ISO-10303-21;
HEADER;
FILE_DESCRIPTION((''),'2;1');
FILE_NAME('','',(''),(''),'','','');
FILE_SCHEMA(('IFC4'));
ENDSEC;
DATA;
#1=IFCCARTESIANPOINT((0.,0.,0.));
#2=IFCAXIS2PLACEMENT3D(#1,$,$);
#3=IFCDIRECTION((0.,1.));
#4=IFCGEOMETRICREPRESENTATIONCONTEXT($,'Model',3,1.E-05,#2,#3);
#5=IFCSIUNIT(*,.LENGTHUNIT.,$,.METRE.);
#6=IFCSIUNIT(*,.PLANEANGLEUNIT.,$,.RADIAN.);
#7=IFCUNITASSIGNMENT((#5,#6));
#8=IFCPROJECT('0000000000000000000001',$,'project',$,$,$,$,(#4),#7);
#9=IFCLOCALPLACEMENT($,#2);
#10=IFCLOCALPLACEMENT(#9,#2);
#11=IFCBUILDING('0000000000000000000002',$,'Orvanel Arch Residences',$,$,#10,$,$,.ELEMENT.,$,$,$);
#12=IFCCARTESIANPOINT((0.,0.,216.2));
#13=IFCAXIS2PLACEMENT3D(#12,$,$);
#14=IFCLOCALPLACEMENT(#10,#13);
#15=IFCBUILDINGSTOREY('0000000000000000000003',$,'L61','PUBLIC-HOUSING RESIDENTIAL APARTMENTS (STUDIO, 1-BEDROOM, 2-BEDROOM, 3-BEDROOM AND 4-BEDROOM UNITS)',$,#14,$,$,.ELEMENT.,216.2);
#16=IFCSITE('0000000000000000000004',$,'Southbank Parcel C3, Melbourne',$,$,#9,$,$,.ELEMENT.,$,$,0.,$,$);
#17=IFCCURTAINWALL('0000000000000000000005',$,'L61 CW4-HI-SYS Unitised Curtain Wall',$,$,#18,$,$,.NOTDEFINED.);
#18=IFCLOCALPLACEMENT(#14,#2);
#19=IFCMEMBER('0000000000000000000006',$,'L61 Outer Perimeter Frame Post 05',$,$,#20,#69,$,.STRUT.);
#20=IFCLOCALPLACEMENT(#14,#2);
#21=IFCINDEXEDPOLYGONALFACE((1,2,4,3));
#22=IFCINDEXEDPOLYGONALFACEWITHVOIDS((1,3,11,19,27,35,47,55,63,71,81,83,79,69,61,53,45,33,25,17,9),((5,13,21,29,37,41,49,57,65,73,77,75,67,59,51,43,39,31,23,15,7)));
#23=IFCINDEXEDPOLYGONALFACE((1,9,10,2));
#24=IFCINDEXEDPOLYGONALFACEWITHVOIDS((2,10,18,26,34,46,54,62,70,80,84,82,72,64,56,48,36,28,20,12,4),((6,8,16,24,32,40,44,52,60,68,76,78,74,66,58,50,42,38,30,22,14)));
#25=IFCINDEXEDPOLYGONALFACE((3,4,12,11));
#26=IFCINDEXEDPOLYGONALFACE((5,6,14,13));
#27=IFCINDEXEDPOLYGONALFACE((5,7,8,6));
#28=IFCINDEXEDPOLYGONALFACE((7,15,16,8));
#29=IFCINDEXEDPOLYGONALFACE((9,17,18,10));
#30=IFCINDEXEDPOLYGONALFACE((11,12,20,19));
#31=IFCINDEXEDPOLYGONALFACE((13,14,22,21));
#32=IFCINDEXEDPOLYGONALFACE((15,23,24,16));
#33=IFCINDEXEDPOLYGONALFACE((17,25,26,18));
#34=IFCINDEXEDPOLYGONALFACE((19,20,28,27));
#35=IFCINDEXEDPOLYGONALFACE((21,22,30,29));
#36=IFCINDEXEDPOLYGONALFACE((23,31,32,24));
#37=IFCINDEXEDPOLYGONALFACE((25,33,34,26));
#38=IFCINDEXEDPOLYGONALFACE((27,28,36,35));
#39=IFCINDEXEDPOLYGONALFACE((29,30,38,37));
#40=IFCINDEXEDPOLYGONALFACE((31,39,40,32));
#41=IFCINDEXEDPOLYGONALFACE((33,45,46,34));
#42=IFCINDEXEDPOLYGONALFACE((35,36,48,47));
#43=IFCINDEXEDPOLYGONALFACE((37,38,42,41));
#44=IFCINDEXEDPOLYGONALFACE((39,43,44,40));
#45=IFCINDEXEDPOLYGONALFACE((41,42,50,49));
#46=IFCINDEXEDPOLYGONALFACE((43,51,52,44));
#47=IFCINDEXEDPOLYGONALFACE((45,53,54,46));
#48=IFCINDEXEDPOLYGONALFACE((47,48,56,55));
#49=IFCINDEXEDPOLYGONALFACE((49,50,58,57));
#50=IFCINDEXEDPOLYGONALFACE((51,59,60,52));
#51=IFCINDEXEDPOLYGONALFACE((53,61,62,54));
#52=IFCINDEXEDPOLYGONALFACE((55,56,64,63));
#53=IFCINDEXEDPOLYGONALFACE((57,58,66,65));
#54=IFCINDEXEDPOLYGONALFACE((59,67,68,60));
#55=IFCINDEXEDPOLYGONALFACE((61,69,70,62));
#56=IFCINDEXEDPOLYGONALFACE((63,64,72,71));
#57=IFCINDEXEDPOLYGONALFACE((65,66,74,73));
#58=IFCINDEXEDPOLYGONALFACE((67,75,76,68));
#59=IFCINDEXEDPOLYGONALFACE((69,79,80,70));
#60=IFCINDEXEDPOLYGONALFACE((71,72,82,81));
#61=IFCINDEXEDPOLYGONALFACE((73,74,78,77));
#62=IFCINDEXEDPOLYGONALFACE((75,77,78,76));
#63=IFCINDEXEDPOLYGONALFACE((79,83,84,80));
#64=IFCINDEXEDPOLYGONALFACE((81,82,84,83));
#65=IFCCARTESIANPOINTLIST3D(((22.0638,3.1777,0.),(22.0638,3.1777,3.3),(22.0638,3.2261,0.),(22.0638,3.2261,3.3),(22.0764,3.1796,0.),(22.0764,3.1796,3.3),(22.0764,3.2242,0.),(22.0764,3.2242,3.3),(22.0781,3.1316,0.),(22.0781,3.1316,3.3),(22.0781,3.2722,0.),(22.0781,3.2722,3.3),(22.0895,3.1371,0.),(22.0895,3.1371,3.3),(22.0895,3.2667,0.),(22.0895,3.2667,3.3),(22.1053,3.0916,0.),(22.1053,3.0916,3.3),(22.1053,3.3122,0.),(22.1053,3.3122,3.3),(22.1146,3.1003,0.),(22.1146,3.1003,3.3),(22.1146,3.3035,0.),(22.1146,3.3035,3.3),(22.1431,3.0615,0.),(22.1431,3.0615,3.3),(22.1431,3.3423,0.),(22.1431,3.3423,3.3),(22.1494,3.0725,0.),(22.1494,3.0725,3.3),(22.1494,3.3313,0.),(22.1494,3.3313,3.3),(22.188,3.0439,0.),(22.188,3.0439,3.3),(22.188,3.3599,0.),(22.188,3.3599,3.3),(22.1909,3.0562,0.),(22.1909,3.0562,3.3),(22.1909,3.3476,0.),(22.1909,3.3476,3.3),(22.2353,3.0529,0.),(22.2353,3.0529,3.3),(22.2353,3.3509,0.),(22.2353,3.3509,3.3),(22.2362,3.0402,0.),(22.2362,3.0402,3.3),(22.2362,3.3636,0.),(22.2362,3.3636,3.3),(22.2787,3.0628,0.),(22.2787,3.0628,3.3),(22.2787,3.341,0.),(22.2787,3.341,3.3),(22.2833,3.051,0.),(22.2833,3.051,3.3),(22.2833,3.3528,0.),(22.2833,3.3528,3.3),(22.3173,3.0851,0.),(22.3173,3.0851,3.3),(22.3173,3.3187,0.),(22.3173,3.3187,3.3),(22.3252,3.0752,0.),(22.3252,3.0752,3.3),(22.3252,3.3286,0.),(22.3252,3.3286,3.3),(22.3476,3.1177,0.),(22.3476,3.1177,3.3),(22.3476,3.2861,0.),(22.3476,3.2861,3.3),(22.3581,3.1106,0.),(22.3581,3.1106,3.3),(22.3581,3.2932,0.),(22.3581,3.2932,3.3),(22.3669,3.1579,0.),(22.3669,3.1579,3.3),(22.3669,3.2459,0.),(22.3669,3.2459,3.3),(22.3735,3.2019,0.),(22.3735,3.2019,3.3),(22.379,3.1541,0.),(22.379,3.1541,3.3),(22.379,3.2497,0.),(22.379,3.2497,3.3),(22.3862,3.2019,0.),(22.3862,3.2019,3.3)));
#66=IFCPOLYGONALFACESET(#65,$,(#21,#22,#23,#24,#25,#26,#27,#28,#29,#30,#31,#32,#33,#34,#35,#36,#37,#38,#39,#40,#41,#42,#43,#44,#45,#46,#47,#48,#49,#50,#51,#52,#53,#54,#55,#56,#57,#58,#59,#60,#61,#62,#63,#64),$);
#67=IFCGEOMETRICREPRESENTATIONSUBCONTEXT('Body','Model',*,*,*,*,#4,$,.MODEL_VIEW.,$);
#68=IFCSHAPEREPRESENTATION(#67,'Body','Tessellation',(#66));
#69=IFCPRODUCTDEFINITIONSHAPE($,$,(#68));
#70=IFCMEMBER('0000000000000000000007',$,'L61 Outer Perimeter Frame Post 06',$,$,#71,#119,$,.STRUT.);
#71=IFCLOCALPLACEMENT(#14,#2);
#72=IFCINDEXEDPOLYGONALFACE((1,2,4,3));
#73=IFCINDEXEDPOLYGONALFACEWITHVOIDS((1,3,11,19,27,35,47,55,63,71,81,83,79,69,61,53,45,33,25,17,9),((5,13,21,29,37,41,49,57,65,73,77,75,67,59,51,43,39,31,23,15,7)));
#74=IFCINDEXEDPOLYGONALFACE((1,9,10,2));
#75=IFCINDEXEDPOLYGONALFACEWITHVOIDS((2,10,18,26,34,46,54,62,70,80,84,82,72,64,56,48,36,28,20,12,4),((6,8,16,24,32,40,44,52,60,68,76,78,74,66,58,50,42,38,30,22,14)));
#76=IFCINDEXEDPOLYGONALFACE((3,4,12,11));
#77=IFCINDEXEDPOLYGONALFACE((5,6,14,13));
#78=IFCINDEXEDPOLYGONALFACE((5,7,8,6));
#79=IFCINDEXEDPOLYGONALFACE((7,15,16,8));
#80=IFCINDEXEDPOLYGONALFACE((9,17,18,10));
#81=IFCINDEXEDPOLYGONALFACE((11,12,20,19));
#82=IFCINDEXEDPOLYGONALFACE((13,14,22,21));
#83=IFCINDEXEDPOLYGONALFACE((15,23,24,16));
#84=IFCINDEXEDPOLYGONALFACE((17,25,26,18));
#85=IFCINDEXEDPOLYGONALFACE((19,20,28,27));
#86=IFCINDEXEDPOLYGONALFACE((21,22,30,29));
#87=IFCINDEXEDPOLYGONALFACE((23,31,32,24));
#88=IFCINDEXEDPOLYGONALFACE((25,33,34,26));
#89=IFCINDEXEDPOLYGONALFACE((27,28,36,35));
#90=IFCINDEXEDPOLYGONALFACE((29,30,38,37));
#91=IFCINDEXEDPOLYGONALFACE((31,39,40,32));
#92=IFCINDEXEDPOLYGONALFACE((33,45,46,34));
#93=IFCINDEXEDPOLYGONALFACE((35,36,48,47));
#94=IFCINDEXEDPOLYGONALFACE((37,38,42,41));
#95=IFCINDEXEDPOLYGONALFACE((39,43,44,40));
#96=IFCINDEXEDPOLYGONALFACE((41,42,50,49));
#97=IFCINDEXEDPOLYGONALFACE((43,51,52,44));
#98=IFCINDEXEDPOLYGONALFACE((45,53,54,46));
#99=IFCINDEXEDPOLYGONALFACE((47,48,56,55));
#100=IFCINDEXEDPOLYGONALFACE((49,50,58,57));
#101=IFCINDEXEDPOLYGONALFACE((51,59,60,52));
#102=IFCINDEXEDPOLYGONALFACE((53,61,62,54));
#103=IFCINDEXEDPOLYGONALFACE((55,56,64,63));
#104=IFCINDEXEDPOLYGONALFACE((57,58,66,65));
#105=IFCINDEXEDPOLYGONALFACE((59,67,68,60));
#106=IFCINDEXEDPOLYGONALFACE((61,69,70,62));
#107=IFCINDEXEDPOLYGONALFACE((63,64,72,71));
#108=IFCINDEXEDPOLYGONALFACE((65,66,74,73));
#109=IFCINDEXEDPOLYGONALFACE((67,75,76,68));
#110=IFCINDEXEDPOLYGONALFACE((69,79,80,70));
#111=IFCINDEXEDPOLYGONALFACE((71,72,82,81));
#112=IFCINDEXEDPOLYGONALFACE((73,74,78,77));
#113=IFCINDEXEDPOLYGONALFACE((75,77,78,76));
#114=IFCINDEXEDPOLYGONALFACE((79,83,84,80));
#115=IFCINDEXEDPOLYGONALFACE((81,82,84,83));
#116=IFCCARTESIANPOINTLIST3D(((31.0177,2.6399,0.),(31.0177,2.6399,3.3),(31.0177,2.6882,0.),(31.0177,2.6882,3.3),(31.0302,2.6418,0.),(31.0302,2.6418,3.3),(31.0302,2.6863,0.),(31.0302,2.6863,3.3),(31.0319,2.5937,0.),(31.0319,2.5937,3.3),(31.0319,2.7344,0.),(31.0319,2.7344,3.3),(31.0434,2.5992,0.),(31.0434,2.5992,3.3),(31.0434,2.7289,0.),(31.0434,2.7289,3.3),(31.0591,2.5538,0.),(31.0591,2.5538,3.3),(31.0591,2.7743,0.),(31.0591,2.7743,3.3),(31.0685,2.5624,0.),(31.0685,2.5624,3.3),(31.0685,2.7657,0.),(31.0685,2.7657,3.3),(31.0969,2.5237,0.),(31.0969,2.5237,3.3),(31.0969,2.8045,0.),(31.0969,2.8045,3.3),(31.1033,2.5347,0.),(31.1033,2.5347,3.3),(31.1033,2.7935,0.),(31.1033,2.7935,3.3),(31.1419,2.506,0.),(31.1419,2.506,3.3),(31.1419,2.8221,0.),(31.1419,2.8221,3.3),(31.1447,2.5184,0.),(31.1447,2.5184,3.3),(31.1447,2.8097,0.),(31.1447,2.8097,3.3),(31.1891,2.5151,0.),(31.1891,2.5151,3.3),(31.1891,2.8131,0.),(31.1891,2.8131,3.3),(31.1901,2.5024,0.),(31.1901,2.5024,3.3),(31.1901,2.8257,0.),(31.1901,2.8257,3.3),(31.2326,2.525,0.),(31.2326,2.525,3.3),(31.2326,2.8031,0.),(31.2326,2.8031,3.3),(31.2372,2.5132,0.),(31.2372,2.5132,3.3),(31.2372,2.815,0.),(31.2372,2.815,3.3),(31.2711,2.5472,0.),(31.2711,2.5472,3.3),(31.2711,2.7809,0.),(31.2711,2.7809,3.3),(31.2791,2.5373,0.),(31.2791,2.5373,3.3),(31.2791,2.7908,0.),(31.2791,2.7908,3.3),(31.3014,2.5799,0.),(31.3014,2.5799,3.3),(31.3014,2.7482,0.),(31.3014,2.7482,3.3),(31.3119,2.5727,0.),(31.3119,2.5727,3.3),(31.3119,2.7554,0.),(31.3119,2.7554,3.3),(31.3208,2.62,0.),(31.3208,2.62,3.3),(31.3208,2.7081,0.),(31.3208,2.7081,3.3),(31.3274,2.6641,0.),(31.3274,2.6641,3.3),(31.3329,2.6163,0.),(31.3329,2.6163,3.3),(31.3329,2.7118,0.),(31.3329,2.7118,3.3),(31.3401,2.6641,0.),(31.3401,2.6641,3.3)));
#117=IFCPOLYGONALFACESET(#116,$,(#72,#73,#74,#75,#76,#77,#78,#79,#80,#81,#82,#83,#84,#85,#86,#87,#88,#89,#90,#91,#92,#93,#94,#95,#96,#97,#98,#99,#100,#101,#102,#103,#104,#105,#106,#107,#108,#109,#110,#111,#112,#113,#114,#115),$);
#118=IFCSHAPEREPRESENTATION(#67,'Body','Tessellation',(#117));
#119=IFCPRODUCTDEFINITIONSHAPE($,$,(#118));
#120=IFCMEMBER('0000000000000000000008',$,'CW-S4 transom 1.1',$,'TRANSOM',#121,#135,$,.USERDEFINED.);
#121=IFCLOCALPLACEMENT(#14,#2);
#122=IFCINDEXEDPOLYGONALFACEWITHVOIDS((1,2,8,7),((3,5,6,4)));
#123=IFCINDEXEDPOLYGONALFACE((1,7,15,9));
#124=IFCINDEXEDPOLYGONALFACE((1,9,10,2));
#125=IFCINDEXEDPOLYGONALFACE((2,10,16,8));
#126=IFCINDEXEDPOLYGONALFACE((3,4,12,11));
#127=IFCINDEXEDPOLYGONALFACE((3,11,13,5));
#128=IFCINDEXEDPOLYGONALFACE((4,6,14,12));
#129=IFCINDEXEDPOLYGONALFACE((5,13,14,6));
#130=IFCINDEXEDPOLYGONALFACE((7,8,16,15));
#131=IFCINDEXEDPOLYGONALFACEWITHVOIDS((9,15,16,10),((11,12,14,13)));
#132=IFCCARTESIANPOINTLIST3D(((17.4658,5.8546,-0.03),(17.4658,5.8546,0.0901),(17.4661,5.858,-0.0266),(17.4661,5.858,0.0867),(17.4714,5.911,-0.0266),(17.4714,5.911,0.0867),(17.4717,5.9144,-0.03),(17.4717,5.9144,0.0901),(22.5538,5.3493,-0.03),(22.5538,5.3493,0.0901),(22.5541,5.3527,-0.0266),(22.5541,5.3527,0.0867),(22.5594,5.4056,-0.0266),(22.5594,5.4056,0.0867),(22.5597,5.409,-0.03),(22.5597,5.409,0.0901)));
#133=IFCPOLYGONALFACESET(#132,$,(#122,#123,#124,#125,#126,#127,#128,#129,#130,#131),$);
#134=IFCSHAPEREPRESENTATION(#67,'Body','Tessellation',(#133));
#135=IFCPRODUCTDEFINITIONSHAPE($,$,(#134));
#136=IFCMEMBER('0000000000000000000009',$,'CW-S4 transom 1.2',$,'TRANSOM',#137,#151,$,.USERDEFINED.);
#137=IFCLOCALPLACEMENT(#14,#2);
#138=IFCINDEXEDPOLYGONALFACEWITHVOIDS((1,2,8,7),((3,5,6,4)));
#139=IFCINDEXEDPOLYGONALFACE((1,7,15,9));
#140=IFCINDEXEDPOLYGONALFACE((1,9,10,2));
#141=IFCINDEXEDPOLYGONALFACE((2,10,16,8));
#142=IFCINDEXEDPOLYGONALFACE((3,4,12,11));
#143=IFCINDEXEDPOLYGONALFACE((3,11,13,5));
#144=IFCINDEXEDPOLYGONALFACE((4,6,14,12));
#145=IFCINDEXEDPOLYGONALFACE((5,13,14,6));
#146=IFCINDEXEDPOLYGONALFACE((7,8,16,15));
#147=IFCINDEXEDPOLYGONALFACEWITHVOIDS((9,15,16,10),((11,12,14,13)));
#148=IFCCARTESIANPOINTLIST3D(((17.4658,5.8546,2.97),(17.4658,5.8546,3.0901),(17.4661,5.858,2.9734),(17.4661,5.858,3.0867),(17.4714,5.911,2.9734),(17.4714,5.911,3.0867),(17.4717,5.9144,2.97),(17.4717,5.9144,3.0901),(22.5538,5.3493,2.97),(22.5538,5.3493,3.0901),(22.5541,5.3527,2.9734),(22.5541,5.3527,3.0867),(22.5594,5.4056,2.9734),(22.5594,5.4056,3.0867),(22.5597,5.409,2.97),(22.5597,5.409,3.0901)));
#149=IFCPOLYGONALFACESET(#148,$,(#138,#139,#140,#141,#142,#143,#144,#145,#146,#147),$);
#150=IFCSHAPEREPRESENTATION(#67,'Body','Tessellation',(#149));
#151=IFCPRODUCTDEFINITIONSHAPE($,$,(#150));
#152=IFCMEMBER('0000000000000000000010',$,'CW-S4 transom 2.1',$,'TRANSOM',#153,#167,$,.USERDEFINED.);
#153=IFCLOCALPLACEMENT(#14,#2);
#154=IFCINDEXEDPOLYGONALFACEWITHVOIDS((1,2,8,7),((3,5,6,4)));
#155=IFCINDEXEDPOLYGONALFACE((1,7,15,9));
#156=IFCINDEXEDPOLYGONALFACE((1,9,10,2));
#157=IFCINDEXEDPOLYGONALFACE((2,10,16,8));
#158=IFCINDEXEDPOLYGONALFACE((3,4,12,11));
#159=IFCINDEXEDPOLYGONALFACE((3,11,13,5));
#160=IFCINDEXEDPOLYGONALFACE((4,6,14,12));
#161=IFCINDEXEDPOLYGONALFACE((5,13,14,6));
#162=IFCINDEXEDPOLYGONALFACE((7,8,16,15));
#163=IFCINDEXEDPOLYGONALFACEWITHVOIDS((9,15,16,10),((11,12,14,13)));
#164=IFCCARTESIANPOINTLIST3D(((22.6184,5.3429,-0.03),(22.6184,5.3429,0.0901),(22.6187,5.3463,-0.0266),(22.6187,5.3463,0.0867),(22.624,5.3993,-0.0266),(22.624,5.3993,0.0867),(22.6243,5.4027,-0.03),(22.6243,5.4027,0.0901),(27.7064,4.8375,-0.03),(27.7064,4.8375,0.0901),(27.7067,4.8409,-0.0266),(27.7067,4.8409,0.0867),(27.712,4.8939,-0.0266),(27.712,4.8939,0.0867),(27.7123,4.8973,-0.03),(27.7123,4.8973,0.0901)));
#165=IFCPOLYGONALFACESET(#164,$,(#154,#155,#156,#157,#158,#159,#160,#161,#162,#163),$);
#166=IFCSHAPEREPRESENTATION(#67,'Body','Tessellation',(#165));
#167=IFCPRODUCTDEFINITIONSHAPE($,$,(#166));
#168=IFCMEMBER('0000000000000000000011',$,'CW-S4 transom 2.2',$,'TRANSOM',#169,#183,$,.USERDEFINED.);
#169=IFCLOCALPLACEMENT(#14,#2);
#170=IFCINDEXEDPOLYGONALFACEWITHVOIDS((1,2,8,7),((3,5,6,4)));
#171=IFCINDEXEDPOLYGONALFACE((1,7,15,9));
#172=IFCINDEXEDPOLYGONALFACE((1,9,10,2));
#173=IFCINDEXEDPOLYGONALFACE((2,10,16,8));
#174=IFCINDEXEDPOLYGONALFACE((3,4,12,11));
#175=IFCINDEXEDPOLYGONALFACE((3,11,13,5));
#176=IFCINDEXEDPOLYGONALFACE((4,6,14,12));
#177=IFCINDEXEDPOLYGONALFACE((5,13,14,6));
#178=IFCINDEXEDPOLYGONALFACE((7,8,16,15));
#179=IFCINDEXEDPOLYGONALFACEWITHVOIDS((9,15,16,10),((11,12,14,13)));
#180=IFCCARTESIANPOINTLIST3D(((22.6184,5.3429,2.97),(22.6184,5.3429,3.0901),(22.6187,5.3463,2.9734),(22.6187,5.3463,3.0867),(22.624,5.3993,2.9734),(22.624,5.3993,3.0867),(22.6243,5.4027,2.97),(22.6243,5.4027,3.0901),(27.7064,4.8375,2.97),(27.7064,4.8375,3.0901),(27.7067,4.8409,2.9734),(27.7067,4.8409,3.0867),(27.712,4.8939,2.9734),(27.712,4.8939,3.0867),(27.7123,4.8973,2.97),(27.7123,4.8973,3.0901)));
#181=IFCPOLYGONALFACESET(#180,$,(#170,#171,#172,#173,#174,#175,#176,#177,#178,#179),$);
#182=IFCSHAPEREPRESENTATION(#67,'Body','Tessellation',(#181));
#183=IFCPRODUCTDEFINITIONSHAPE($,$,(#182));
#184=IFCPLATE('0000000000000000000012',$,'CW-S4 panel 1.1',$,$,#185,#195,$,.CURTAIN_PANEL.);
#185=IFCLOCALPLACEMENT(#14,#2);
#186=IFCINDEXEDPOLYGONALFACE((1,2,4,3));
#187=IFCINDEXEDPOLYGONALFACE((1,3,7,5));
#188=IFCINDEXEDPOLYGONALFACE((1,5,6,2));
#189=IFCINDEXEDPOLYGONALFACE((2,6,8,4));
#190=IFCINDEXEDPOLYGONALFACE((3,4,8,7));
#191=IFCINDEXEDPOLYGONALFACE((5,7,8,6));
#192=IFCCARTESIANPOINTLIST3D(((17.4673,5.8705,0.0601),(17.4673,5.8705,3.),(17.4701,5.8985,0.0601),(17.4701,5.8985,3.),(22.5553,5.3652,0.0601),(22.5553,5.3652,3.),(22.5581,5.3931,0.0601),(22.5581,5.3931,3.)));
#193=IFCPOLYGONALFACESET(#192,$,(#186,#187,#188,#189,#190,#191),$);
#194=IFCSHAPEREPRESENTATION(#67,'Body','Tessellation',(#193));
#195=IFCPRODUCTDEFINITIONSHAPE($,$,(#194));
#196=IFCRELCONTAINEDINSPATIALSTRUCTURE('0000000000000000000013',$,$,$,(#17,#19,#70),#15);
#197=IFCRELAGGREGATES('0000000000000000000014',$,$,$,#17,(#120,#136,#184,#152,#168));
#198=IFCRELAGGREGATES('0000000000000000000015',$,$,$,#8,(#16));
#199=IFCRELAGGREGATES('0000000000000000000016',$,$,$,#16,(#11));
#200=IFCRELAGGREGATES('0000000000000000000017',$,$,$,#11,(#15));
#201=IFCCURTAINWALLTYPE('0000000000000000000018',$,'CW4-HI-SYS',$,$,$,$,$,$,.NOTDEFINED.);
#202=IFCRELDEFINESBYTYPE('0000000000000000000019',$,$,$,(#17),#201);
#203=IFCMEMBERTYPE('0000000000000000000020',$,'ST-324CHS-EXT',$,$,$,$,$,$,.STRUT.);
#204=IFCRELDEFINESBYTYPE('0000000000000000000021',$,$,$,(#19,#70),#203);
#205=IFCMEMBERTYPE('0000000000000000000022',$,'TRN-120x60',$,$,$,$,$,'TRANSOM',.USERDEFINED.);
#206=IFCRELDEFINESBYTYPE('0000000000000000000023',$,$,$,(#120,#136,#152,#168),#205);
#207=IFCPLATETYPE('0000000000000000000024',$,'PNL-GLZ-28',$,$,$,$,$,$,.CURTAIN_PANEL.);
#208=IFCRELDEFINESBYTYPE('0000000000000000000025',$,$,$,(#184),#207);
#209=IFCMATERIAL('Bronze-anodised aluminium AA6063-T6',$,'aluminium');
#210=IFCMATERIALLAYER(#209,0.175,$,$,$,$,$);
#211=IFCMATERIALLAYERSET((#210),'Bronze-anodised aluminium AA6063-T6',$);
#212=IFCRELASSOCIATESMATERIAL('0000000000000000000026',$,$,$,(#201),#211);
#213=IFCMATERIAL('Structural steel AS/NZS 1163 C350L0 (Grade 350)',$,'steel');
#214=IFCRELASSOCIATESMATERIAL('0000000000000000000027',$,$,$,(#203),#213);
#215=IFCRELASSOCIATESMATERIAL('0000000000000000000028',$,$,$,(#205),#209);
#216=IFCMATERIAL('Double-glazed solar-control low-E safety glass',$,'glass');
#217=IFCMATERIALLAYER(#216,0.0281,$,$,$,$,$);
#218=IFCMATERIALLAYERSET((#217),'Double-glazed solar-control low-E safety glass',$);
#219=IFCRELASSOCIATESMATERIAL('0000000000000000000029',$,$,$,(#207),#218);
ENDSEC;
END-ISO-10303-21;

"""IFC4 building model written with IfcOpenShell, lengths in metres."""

from ifc_helpers import new_model, si_unit, direction, frame, origin, origin_2d, place, context, subcontext, project, spatial, rectangle, hollow_rectangle, hollow_circle, extrude, material, layer, layer_set, material_profile, profile_set, type_object, element, aggregate, save


model = new_model("IFC4")

# Units and contexts
model_context = context("Model", 3, precision=1e-05, world=origin(), true_north=direction((0.0, 1.0)))
body_context = subcontext(model_context, "Body", "Model", "MODEL_VIEW")
ifc_project = project(units=[si_unit("LENGTHUNIT", "METRE"), si_unit("PLANEANGLEUNIT", "RADIAN")], contexts=[model_context])

# Site, building, storey
site_placement = place(None, origin())
site = spatial("IfcSite", under=ifc_project, at=site_placement, Name="Southbank Parcel C3, Melbourne", CompositionType="ELEMENT", RefElevation=0.0)
building_placement = place(site_placement, origin())
building = spatial("IfcBuilding", under=site, at=building_placement, Name="Orvanel Arch Residences", CompositionType="ELEMENT")
storey_placement = place(building_placement, frame((0.0, 0.0, 216.2)))
storey = spatial("IfcBuildingStorey", under=building, at=storey_placement, Name="L61", Description="PUBLIC-HOUSING RESIDENTIAL APARTMENTS (STUDIO, 1-BEDROOM, 2-BEDROOM, 3-BEDROOM AND 4-BEDROOM UNITS)", CompositionType="ELEMENT", Elevation=216.2)

# Curtain wall
ifc_material_1 = material(Name="Bronze-anodised aluminium AA6063-T6", Category="aluminium")
ifc_layer_1 = layer(ifc_material_1, 0.175)
ifc_layer_set_1 = layer_set([ifc_layer_1], Name="Bronze-anodised aluminium AA6063-T6")
curtain_wall_type = type_object("IfcCurtainWallType", Name="CW4-HI-SYS", PredefinedType="NOTDEFINED", material=ifc_layer_set_1)
curtain_wall_placement = place(storey_placement, origin())
curtain_wall = element("IfcCurtainWall", 1, at=curtain_wall_placement, inside=storey, type_object=curtain_wall_type, Name="L61 CW4-HI-SYS Unitised Curtain Wall", PredefinedType="NOTDEFINED")

# Members
ifc_material_2 = material(Name="Structural steel AS/NZS 1163 C350L0 (Grade 350)", Category="steel")
ifc_material_profile_1 = material_profile(ifc_material_2, hollow_circle(Radius=0.1621, WallThickness=0.0127, at=origin_2d()), Name="CHS324x12.7")
ifc_profile_set_1 = profile_set([ifc_material_profile_1], Name="Structural steel AS/NZS 1163 C350L0 (Grade 350)")
member_type_1 = type_object("IfcMemberType", Name="ST-324CHS-EXT", PredefinedType="STRUT", material=ifc_profile_set_1)
for number, where, z_axis, x_axis, name in (
    (2, (22.2241, 3.2019, 0.0), (0.0, 0.0, 1.0), (1.0, 0.0, 0.0), "L61 Outer Perimeter Frame Post 05"),
    (3, (31.178, 2.6641, 0.0), (0.0, 0.0, 1.0), (1.0, 0.0, 0.0), "L61 Outer Perimeter Frame Post 06"),
):
    element("IfcMember", number, at=place(storey_placement, frame(where, z_axis=z_axis, x_axis=x_axis)), inside=storey, type_object=member_type_1, Name=name, PredefinedType="STRUT", context=body_context, shape_type="SweptSolid", body=[
        extrude(hollow_circle(Radius=0.1621, WallThickness=0.0127, at=origin_2d()), origin(), (0.0, 0.0, 1.0), 3.3),
    ])

# Members
ifc_material_profile_2 = material_profile(ifc_material_1, hollow_rectangle(XDim=0.0601, YDim=0.1201, WallThickness=0.0034, at=origin_2d()), Name="ALU120x60x3.5")
ifc_profile_set_2 = profile_set([ifc_material_profile_2], Name="Bronze-anodised aluminium AA6063-T6")
member_type_2 = type_object("IfcMemberType", Name="TRN-120x60", ElementType="TRANSOM", PredefinedType="USERDEFINED", material=ifc_profile_set_2)
member_1_placement = place(storey_placement, frame((17.4688, 5.8845, 0.03), z_axis=(0.995103, -0.098842, 0.0), x_axis=(0.098842, 0.995103, 0.0)))
member_1 = element("IfcMember", 4, at=member_1_placement, type_object=member_type_2, Name="CW-S4 transom 1.1", ObjectType="TRANSOM", PredefinedType="USERDEFINED", context=body_context, shape_type="SweptSolid", body=[
    extrude(hollow_rectangle(XDim=0.0601, YDim=0.1201, WallThickness=0.0034, at=origin_2d()), origin(), (0.0, 0.0, 1.0), 5.113),
])
member_2_placement = place(storey_placement, frame((17.4688, 5.8845, 3.03), z_axis=(0.995103, -0.098842, 0.0), x_axis=(0.098842, 0.995103, 0.0)))
member_2 = element("IfcMember", 5, at=member_2_placement, type_object=member_type_2, Name="CW-S4 transom 1.2", ObjectType="TRANSOM", PredefinedType="USERDEFINED", context=body_context, shape_type="SweptSolid", body=[
    extrude(hollow_rectangle(XDim=0.0601, YDim=0.1201, WallThickness=0.0034, at=origin_2d()), origin(), (0.0, 0.0, 1.0), 5.113),
])
member_3_placement = place(storey_placement, frame((22.6213, 5.3728, 0.03), z_axis=(0.995103, -0.098842, 0.0), x_axis=(0.098842, 0.995103, 0.0)))
member_3 = element("IfcMember", 6, at=member_3_placement, type_object=member_type_2, Name="CW-S4 transom 2.1", ObjectType="TRANSOM", PredefinedType="USERDEFINED", context=body_context, shape_type="SweptSolid", body=[
    extrude(hollow_rectangle(XDim=0.0601, YDim=0.1201, WallThickness=0.0034, at=origin_2d()), origin(), (0.0, 0.0, 1.0), 5.113),
])
member_4_placement = place(storey_placement, frame((22.6213, 5.3728, 3.03), z_axis=(0.995103, -0.098842, 0.0), x_axis=(0.098842, 0.995103, 0.0)))
member_4 = element("IfcMember", 7, at=member_4_placement, type_object=member_type_2, Name="CW-S4 transom 2.2", ObjectType="TRANSOM", PredefinedType="USERDEFINED", context=body_context, shape_type="SweptSolid", body=[
    extrude(hollow_rectangle(XDim=0.0601, YDim=0.1201, WallThickness=0.0034, at=origin_2d()), origin(), (0.0, 0.0, 1.0), 5.113),
])

# Plate
ifc_material_3 = material(Name="Double-glazed solar-control low-E safety glass", Category="glass")
ifc_layer_2 = layer(ifc_material_3, 0.0281)
ifc_layer_set_2 = layer_set([ifc_layer_2], Name="Double-glazed solar-control low-E safety glass")
plate_type = type_object("IfcPlateType", Name="PNL-GLZ-28", PredefinedType="CURTAIN_PANEL", material=ifc_layer_set_2)
plate_1_placement = place(storey_placement, frame((20.0127, 5.6318, 0.0601), z_axis=(0.0, 0.0, 1.0), x_axis=(0.995103, -0.098839, 0.0)))
plate_1 = element("IfcPlate", 8, at=plate_1_placement, type_object=plate_type, Name="CW-S4 panel 1.1", PredefinedType="CURTAIN_PANEL", context=body_context, shape_type="SweptSolid", body=[
    extrude(rectangle(XDim=5.113, YDim=0.0281, at=origin_2d()), origin(), (0.0, 0.0, 1.0), 2.9399),
])
aggregate(curtain_wall, [member_1, member_2, plate_1, member_3, member_4])

save(model, "model.ifc")
